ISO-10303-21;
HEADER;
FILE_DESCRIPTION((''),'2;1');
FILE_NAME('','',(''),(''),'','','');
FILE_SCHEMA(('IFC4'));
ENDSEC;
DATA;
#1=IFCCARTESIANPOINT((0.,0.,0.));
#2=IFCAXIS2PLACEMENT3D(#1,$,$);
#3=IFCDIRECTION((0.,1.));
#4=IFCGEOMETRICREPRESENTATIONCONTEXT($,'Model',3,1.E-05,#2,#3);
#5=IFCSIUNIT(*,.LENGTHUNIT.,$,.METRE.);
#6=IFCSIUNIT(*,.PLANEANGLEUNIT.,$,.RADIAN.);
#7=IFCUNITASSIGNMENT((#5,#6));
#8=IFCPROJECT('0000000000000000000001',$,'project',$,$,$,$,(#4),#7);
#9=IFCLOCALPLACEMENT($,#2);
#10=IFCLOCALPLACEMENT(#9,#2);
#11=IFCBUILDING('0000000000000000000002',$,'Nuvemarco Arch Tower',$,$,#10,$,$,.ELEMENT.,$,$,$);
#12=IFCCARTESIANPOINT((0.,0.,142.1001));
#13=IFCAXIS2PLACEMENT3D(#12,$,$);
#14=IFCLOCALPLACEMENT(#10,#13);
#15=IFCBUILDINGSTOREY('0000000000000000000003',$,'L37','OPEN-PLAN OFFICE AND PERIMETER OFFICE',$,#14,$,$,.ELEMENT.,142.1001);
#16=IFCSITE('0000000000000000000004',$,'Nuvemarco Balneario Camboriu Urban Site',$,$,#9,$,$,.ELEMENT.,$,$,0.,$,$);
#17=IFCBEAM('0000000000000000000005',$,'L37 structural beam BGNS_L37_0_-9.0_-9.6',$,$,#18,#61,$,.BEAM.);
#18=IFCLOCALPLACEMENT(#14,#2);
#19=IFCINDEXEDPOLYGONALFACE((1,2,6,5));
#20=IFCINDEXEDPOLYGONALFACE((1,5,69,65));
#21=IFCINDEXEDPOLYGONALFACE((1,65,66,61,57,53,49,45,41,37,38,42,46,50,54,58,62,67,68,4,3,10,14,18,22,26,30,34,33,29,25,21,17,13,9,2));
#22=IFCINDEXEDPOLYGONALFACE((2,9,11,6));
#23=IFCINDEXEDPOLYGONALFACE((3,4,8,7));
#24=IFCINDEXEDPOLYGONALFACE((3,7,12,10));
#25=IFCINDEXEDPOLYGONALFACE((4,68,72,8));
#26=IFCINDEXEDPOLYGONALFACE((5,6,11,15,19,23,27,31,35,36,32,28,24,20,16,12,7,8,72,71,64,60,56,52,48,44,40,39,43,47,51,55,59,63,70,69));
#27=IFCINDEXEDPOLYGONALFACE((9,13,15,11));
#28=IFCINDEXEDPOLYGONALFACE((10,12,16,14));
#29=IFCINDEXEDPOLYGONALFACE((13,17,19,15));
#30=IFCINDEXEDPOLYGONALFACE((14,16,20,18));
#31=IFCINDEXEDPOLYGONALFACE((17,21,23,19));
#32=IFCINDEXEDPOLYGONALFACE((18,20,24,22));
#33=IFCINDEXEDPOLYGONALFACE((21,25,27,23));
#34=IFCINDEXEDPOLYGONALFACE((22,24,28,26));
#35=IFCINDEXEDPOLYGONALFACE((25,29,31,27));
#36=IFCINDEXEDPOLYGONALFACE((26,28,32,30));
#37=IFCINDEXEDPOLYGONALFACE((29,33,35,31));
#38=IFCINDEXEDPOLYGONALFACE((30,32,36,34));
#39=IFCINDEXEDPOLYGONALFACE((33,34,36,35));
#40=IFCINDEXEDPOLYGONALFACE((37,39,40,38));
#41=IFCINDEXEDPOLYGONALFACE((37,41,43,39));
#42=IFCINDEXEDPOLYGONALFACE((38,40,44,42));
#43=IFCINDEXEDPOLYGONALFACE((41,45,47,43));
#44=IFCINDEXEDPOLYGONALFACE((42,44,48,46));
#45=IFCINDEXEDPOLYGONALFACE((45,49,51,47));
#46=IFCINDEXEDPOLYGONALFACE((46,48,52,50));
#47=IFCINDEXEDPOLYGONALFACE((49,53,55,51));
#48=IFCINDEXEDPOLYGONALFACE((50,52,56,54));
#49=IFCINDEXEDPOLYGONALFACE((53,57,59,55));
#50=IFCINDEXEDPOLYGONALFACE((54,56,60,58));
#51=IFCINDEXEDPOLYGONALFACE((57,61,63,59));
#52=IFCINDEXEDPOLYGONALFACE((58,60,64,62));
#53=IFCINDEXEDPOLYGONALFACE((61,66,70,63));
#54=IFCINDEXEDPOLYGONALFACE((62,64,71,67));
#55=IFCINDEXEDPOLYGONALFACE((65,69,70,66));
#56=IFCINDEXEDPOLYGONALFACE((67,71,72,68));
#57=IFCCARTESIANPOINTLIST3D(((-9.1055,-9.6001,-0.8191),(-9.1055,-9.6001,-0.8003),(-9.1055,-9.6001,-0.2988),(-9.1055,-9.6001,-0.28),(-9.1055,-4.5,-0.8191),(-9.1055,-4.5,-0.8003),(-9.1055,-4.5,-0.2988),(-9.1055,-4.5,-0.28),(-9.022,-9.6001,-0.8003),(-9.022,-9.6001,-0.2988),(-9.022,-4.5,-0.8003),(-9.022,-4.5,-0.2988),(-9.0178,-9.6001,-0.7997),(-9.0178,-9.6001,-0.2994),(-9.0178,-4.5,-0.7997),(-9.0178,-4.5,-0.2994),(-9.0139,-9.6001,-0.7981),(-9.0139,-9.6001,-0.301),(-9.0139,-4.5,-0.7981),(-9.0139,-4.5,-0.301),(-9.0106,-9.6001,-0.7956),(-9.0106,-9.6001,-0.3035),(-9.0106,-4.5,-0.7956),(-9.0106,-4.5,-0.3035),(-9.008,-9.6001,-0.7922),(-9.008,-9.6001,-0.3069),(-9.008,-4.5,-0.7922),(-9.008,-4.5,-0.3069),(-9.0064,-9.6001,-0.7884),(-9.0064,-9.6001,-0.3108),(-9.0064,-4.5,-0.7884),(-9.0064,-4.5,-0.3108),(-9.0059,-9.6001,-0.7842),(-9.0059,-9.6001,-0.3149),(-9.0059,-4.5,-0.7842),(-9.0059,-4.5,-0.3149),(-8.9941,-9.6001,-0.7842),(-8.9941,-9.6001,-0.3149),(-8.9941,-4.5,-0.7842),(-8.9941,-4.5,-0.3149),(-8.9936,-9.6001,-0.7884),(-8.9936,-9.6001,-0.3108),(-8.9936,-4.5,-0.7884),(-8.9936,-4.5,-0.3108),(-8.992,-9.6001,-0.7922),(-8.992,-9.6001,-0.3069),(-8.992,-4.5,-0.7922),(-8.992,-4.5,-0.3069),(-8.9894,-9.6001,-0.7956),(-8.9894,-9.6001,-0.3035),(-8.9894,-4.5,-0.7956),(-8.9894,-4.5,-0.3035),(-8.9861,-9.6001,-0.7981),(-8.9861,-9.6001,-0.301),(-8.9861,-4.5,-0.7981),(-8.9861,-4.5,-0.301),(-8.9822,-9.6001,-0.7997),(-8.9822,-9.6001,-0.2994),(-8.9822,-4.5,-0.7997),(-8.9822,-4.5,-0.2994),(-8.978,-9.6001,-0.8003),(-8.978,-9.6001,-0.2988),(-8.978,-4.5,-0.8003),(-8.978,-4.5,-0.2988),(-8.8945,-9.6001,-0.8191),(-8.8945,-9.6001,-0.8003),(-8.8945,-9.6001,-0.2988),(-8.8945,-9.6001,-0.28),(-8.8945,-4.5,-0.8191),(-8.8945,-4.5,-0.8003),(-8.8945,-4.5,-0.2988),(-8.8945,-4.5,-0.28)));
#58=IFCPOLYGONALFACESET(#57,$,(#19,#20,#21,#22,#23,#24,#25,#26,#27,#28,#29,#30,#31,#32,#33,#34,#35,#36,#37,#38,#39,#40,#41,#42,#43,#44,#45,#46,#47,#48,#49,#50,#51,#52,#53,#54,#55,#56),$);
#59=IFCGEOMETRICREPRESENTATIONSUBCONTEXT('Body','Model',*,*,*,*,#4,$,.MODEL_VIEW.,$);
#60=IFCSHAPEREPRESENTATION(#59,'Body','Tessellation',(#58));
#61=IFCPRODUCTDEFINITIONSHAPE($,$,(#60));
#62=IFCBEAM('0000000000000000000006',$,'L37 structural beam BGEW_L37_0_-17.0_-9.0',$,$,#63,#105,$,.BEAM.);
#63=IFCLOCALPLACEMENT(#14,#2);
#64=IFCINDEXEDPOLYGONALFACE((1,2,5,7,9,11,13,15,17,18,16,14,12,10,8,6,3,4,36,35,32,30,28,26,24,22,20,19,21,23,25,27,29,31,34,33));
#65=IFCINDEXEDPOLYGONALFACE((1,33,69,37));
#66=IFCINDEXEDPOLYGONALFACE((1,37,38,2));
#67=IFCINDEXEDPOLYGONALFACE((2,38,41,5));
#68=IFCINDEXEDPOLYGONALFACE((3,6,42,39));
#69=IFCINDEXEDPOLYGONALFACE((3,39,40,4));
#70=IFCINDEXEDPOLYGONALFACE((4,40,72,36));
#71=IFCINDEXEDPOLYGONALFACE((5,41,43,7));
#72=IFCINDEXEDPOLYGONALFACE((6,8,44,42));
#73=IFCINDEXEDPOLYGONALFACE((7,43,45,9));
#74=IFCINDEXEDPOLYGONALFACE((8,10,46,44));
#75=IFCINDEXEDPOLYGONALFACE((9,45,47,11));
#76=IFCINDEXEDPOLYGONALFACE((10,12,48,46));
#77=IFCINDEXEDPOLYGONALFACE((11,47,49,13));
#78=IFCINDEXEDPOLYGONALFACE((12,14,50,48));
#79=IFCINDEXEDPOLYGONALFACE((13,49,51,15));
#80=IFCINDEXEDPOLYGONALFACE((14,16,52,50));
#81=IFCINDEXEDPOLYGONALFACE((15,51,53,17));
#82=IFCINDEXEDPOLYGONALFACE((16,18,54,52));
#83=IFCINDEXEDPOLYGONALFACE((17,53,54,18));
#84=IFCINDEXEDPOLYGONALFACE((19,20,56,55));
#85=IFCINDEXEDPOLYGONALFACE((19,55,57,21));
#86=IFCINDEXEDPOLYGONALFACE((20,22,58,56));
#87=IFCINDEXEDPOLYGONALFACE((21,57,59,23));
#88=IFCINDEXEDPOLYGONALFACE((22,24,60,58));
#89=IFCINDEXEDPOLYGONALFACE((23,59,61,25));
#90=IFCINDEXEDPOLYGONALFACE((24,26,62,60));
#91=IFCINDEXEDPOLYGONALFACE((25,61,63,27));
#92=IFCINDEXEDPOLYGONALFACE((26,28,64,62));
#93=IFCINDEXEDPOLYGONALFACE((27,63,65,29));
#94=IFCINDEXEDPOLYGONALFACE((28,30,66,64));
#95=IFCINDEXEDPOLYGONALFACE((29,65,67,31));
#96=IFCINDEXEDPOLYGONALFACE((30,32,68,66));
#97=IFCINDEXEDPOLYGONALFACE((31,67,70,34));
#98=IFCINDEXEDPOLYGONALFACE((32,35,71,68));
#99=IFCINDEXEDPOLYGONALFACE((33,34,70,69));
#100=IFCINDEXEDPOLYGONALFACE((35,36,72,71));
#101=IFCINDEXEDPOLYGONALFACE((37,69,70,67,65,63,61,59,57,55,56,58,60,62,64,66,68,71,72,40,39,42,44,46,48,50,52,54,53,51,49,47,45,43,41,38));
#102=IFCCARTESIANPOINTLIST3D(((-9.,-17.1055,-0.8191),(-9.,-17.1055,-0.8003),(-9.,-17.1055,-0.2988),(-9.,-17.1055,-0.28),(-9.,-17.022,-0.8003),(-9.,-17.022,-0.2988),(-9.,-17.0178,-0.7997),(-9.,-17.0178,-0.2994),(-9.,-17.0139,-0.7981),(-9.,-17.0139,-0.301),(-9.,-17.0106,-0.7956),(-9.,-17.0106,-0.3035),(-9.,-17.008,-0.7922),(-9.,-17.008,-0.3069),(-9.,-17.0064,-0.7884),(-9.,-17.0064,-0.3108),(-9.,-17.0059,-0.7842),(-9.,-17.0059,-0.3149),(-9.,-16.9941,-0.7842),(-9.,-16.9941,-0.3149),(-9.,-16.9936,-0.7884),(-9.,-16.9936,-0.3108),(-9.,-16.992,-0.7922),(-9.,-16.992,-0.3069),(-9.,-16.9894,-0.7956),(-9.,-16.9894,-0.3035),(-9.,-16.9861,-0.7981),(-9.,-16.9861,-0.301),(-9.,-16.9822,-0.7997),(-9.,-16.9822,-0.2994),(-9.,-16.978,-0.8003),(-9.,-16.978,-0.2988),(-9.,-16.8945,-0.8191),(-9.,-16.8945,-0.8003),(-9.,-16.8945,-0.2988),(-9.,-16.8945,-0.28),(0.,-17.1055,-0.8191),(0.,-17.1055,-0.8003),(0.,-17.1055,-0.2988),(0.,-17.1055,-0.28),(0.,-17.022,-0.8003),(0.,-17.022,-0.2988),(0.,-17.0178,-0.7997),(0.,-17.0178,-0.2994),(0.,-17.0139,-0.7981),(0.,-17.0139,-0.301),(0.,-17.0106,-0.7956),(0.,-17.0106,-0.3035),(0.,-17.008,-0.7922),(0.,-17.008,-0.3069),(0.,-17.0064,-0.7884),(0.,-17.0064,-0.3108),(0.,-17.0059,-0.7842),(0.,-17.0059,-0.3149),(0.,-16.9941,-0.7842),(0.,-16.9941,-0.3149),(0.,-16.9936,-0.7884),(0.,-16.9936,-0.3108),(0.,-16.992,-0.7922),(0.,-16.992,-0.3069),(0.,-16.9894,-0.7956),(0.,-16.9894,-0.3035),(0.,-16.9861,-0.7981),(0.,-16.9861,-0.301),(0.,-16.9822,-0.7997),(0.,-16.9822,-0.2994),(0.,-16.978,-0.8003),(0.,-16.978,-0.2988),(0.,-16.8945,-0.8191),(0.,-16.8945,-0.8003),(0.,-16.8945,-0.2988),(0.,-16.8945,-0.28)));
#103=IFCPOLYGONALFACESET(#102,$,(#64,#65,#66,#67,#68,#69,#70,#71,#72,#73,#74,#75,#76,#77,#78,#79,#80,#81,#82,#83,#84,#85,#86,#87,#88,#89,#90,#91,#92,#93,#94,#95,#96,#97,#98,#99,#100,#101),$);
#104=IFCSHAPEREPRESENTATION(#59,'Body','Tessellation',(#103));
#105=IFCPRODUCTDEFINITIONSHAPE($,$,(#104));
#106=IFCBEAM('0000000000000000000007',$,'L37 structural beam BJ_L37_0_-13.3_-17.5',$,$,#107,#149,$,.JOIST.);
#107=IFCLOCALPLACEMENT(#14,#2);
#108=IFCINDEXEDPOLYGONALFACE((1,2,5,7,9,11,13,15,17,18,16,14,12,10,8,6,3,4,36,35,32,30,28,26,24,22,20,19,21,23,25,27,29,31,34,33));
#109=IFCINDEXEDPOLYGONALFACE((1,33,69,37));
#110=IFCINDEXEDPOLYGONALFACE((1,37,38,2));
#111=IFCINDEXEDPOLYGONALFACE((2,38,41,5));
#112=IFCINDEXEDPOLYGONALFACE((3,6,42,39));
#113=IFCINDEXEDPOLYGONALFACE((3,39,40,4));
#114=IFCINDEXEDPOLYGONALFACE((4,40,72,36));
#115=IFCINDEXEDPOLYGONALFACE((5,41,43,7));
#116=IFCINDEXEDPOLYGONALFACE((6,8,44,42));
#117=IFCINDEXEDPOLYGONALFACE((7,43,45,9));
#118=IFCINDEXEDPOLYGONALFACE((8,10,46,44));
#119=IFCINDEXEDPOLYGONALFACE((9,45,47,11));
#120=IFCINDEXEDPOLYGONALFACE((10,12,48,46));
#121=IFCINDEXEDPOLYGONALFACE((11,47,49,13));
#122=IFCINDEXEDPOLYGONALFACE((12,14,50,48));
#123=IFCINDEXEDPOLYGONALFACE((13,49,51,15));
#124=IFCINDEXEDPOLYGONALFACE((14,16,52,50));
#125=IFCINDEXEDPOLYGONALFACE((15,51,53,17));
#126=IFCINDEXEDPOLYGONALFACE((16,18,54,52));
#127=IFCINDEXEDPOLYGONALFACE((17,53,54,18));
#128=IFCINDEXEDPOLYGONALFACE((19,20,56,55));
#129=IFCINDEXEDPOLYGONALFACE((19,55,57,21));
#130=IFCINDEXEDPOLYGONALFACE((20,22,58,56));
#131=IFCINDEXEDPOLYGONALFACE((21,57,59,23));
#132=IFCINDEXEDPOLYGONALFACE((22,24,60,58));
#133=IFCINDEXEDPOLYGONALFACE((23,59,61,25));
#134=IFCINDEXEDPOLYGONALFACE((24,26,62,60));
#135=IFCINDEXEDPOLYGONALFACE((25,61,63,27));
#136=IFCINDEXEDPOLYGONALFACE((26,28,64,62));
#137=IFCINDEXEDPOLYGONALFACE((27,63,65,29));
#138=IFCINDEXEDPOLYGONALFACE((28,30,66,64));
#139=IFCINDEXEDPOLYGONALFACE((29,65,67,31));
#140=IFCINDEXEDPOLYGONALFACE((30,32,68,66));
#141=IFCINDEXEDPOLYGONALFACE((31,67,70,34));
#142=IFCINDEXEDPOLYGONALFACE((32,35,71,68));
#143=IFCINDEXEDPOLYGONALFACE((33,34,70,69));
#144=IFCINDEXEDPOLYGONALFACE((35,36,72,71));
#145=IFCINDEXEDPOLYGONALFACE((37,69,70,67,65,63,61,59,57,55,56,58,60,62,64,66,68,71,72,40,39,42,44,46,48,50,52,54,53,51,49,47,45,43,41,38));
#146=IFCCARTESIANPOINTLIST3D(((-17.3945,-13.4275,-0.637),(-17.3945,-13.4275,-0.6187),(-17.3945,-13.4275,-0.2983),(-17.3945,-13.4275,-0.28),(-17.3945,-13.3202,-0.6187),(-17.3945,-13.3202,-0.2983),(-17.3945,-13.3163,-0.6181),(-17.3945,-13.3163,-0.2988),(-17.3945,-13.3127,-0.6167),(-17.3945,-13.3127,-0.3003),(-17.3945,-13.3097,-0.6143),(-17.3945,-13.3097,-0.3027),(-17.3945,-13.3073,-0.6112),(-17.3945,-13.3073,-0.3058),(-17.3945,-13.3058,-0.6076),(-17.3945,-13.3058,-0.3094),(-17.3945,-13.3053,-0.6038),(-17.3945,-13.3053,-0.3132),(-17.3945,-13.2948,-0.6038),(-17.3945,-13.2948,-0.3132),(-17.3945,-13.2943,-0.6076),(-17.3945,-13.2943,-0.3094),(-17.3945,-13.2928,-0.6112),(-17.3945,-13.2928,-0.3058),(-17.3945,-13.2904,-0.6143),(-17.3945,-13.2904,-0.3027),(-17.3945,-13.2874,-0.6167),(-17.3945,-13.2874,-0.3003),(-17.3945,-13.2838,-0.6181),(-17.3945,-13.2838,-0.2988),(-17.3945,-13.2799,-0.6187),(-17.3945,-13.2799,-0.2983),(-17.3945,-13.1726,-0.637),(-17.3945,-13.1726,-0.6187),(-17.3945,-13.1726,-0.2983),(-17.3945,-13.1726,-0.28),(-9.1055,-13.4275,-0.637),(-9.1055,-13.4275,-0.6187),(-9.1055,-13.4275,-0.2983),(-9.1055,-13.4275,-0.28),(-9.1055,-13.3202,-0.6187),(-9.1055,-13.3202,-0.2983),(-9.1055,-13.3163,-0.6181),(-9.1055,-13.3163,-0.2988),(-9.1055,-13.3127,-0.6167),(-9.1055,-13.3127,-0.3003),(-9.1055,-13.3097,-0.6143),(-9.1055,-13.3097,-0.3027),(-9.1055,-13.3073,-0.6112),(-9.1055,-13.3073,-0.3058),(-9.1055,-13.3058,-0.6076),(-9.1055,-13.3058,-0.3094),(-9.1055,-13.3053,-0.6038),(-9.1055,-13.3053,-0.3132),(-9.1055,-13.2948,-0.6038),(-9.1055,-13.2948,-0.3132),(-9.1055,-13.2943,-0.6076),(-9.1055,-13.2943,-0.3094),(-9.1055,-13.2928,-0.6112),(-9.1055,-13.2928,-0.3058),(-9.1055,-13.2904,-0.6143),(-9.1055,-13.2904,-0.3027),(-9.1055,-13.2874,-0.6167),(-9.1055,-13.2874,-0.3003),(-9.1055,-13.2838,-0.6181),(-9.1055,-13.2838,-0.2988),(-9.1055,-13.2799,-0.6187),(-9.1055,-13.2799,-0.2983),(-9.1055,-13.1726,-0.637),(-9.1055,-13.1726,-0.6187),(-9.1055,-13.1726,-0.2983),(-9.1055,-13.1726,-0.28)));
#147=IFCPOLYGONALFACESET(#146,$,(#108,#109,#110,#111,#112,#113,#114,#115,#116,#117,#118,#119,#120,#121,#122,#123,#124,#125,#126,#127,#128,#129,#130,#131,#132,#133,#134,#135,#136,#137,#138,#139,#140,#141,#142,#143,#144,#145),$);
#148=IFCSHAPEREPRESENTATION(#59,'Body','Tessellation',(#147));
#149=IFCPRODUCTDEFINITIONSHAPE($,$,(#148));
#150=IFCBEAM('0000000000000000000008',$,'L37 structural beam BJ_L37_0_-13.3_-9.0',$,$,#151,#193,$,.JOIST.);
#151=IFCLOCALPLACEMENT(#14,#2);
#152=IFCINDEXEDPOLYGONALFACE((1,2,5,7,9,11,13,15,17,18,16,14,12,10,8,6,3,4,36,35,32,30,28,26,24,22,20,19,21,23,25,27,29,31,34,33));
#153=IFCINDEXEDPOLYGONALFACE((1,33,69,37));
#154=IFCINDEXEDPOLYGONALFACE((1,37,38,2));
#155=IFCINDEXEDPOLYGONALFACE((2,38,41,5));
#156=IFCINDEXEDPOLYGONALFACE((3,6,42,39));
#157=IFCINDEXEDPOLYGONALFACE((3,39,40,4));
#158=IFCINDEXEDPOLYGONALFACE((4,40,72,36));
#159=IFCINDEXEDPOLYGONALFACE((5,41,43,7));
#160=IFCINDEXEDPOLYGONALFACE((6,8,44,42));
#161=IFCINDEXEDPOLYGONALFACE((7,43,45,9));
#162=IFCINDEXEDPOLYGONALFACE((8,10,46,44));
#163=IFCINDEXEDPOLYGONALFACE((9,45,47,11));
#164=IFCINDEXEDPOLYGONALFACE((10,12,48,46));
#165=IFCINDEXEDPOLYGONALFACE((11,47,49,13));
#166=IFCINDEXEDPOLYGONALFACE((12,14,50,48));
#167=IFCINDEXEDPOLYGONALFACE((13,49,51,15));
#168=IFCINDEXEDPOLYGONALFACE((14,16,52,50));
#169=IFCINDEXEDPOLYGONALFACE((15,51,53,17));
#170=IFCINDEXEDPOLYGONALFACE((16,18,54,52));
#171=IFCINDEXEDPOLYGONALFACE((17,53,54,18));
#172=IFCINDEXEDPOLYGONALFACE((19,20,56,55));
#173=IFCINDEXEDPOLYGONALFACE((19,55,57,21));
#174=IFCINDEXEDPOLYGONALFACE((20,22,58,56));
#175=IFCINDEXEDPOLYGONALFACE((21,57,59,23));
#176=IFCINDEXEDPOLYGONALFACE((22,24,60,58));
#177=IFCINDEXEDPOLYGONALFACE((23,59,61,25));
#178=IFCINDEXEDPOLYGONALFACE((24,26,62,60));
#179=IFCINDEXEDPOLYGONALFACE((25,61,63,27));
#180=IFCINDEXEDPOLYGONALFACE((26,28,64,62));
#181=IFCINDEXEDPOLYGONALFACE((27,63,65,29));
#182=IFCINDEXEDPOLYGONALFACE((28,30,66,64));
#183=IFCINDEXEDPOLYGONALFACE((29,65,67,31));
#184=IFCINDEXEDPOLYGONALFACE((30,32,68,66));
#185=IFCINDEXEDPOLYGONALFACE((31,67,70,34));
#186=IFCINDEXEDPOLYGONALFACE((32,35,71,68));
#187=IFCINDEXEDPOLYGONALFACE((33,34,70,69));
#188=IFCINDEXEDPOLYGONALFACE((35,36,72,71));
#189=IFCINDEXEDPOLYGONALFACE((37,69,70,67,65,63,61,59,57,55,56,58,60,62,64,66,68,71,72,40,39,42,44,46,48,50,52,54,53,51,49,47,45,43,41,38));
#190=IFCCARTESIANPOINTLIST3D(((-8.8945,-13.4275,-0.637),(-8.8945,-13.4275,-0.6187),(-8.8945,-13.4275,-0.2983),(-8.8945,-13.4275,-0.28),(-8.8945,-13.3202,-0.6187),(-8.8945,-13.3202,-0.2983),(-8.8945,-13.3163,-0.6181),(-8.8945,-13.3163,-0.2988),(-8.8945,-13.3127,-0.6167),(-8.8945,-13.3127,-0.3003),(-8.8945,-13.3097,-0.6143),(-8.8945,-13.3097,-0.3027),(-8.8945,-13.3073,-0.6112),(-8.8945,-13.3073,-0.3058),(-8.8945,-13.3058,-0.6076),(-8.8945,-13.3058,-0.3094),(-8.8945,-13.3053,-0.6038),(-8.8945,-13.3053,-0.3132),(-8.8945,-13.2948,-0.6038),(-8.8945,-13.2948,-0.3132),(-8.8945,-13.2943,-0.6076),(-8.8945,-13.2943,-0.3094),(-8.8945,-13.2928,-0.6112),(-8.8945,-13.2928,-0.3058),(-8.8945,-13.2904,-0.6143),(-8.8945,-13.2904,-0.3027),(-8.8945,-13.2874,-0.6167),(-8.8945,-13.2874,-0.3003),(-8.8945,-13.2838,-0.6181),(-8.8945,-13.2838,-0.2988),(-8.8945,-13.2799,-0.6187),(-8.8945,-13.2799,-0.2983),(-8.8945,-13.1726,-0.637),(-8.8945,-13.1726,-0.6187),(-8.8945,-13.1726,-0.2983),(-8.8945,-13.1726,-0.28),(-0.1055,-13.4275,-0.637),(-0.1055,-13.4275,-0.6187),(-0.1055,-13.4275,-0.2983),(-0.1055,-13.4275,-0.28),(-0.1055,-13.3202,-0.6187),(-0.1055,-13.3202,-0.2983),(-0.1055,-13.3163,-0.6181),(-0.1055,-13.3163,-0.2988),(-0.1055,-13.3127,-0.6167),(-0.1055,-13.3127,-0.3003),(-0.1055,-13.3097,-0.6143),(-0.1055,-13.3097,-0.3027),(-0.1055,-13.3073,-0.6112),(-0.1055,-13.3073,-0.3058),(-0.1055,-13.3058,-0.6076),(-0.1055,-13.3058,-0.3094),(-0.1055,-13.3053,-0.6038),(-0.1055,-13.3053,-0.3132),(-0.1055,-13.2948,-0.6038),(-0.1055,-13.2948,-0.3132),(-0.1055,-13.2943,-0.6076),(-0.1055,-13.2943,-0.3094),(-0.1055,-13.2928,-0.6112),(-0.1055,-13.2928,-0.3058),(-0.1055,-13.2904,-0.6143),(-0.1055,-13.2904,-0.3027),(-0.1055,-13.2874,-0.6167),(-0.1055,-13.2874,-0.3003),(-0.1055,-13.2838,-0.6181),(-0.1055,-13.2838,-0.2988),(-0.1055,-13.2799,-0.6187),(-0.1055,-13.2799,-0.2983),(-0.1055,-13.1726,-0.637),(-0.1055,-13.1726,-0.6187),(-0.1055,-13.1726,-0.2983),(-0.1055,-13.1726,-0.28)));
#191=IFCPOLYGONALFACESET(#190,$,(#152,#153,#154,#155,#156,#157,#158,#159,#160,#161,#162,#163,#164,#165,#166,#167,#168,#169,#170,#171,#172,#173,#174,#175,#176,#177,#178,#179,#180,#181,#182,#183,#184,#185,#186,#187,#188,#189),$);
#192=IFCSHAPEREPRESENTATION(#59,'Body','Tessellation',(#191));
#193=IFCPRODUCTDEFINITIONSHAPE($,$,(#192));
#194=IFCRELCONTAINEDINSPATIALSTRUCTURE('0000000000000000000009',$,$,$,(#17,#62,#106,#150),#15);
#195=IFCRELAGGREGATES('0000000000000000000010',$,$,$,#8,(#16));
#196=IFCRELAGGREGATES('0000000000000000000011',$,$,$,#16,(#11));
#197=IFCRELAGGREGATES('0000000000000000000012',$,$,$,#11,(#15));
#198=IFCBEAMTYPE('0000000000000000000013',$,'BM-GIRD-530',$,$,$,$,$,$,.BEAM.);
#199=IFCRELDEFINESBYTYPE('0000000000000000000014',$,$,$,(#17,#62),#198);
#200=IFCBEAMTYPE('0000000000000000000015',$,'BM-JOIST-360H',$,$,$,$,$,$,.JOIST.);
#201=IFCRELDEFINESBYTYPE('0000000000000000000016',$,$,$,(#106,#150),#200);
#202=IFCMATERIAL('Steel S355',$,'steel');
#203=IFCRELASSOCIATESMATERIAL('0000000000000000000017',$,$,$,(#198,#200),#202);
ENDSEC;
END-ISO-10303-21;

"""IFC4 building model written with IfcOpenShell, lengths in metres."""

from ifc_helpers import new_model, si_unit, direction, frame, origin, origin_2d, place, context, subcontext, project, spatial, i_section, extrude, material, material_profile, profile_set, type_object, element, save


model = new_model("IFC4")

# Units and contexts
model_context = context("Model", 3, precision=1e-05, world=origin(), true_north=direction((0.0, 1.0)))
body_context = subcontext(model_context, "Body", "Model", "MODEL_VIEW")
ifc_project = project(units=[si_unit("LENGTHUNIT", "METRE"), si_unit("PLANEANGLEUNIT", "RADIAN")], contexts=[model_context])

# Site, building, storey
site_placement = place(None, origin())
site = spatial("IfcSite", under=ifc_project, at=site_placement, Name="Nuvemarco Balneario Camboriu Urban Site", CompositionType="ELEMENT", RefElevation=0.0)
building_placement = place(site_placement, origin())
building = spatial("IfcBuilding", under=site, at=building_placement, Name="Nuvemarco Arch Tower", CompositionType="ELEMENT")
storey_placement = place(building_placement, frame((0.0, 0.0, 142.1001)))
storey = spatial("IfcBuildingStorey", under=building, at=storey_placement, Name="L37", Description="OPEN-PLAN OFFICE AND PERIMETER OFFICE", CompositionType="ELEMENT", Elevation=142.1001)

# Shared definitions
ifc_material_1 = material(Name="Steel S355", Category="steel")

# Beams
ifc_material_profile_1 = material_profile(ifc_material_1, i_section(OverallWidth=0.2109, OverallDepth=0.5391, WebThickness=0.0117, FlangeThickness=0.0188, FilletRadius=0.0161, at=origin_2d()), Name="W530x109")
ifc_profile_set_1 = profile_set([ifc_material_profile_1], Name="Steel S355")
beam_type_1 = type_object("IfcBeamType", Name="BM-GIRD-530", PredefinedType="BEAM", material=ifc_profile_set_1)
beam_1_placement = place(storey_placement, frame((-9.0, -9.6001, -0.5496), z_axis=(0.0, 1.0, 0.0), x_axis=(-1.0, 0.0, 0.0)))
element("IfcBeam", 1, at=beam_1_placement, inside=storey, type_object=beam_type_1, Name="L37 structural beam BGNS_L37_0_-9.0_-9.6", PredefinedType="BEAM", context=body_context, shape_type="SweptSolid", body=[
    extrude(i_section(OverallWidth=0.2109, OverallDepth=0.5391, WebThickness=0.0117, FlangeThickness=0.0188, FilletRadius=0.0161, at=origin_2d()), origin(), (0.0, 0.0, 1.0), 5.1001),
])
beam_2_placement = place(storey_placement, frame((-9.0, -17.0, -0.5496), z_axis=(1.0, 0.0, 0.0), x_axis=(0.0, 1.0, 0.0)))
element("IfcBeam", 2, at=beam_2_placement, inside=storey, type_object=beam_type_1, Name="L37 structural beam BGEW_L37_0_-17.0_-9.0", PredefinedType="BEAM", context=body_context, shape_type="SweptSolid", body=[
    extrude(i_section(OverallWidth=0.2109, OverallDepth=0.5391, WebThickness=0.0117, FlangeThickness=0.0188, FilletRadius=0.0161, at=origin_2d()), origin(), (0.0, 0.0, 1.0), 9.0),
])
ifc_material_profile_2 = material_profile(ifc_material_1, i_section(OverallWidth=0.2549, OverallDepth=0.3569, WebThickness=0.0105, FlangeThickness=0.0183, FilletRadius=0.0149, at=origin_2d()), Name="W360x101")
ifc_profile_set_2 = profile_set([ifc_material_profile_2], Name="Steel S355")
beam_type_2 = type_object("IfcBeamType", Name="BM-JOIST-360H", PredefinedType="JOIST", material=ifc_profile_set_2)
beam_3_placement = place(storey_placement, frame((-17.3945, -13.3, -0.4585), z_axis=(1.0, 0.0, 0.0), x_axis=(0.0, 1.0, 0.0)))
element("IfcBeam", 3, at=beam_3_placement, inside=storey, type_object=beam_type_2, Name="L37 structural beam BJ_L37_0_-13.3_-17.5", PredefinedType="JOIST", context=body_context, shape_type="SweptSolid", body=[
    extrude(i_section(OverallWidth=0.2549, OverallDepth=0.3569, WebThickness=0.0105, FlangeThickness=0.0183, FilletRadius=0.0149, at=origin_2d()), origin(), (0.0, 0.0, 1.0), 8.2891),
])
beam_4_placement = place(storey_placement, frame((-8.8945, -13.3, -0.4585), z_axis=(1.0, 0.0, 0.0), x_axis=(0.0, 1.0, 0.0)))
element("IfcBeam", 4, at=beam_4_placement, inside=storey, type_object=beam_type_2, Name="L37 structural beam BJ_L37_0_-13.3_-9.0", PredefinedType="JOIST", context=body_context, shape_type="SweptSolid", body=[
    extrude(i_section(OverallWidth=0.2549, OverallDepth=0.3569, WebThickness=0.0105, FlangeThickness=0.0183, FilletRadius=0.0149, at=origin_2d()), origin(), (0.0, 0.0, 1.0), 8.7891),
])

save(model, "model.ifc")
